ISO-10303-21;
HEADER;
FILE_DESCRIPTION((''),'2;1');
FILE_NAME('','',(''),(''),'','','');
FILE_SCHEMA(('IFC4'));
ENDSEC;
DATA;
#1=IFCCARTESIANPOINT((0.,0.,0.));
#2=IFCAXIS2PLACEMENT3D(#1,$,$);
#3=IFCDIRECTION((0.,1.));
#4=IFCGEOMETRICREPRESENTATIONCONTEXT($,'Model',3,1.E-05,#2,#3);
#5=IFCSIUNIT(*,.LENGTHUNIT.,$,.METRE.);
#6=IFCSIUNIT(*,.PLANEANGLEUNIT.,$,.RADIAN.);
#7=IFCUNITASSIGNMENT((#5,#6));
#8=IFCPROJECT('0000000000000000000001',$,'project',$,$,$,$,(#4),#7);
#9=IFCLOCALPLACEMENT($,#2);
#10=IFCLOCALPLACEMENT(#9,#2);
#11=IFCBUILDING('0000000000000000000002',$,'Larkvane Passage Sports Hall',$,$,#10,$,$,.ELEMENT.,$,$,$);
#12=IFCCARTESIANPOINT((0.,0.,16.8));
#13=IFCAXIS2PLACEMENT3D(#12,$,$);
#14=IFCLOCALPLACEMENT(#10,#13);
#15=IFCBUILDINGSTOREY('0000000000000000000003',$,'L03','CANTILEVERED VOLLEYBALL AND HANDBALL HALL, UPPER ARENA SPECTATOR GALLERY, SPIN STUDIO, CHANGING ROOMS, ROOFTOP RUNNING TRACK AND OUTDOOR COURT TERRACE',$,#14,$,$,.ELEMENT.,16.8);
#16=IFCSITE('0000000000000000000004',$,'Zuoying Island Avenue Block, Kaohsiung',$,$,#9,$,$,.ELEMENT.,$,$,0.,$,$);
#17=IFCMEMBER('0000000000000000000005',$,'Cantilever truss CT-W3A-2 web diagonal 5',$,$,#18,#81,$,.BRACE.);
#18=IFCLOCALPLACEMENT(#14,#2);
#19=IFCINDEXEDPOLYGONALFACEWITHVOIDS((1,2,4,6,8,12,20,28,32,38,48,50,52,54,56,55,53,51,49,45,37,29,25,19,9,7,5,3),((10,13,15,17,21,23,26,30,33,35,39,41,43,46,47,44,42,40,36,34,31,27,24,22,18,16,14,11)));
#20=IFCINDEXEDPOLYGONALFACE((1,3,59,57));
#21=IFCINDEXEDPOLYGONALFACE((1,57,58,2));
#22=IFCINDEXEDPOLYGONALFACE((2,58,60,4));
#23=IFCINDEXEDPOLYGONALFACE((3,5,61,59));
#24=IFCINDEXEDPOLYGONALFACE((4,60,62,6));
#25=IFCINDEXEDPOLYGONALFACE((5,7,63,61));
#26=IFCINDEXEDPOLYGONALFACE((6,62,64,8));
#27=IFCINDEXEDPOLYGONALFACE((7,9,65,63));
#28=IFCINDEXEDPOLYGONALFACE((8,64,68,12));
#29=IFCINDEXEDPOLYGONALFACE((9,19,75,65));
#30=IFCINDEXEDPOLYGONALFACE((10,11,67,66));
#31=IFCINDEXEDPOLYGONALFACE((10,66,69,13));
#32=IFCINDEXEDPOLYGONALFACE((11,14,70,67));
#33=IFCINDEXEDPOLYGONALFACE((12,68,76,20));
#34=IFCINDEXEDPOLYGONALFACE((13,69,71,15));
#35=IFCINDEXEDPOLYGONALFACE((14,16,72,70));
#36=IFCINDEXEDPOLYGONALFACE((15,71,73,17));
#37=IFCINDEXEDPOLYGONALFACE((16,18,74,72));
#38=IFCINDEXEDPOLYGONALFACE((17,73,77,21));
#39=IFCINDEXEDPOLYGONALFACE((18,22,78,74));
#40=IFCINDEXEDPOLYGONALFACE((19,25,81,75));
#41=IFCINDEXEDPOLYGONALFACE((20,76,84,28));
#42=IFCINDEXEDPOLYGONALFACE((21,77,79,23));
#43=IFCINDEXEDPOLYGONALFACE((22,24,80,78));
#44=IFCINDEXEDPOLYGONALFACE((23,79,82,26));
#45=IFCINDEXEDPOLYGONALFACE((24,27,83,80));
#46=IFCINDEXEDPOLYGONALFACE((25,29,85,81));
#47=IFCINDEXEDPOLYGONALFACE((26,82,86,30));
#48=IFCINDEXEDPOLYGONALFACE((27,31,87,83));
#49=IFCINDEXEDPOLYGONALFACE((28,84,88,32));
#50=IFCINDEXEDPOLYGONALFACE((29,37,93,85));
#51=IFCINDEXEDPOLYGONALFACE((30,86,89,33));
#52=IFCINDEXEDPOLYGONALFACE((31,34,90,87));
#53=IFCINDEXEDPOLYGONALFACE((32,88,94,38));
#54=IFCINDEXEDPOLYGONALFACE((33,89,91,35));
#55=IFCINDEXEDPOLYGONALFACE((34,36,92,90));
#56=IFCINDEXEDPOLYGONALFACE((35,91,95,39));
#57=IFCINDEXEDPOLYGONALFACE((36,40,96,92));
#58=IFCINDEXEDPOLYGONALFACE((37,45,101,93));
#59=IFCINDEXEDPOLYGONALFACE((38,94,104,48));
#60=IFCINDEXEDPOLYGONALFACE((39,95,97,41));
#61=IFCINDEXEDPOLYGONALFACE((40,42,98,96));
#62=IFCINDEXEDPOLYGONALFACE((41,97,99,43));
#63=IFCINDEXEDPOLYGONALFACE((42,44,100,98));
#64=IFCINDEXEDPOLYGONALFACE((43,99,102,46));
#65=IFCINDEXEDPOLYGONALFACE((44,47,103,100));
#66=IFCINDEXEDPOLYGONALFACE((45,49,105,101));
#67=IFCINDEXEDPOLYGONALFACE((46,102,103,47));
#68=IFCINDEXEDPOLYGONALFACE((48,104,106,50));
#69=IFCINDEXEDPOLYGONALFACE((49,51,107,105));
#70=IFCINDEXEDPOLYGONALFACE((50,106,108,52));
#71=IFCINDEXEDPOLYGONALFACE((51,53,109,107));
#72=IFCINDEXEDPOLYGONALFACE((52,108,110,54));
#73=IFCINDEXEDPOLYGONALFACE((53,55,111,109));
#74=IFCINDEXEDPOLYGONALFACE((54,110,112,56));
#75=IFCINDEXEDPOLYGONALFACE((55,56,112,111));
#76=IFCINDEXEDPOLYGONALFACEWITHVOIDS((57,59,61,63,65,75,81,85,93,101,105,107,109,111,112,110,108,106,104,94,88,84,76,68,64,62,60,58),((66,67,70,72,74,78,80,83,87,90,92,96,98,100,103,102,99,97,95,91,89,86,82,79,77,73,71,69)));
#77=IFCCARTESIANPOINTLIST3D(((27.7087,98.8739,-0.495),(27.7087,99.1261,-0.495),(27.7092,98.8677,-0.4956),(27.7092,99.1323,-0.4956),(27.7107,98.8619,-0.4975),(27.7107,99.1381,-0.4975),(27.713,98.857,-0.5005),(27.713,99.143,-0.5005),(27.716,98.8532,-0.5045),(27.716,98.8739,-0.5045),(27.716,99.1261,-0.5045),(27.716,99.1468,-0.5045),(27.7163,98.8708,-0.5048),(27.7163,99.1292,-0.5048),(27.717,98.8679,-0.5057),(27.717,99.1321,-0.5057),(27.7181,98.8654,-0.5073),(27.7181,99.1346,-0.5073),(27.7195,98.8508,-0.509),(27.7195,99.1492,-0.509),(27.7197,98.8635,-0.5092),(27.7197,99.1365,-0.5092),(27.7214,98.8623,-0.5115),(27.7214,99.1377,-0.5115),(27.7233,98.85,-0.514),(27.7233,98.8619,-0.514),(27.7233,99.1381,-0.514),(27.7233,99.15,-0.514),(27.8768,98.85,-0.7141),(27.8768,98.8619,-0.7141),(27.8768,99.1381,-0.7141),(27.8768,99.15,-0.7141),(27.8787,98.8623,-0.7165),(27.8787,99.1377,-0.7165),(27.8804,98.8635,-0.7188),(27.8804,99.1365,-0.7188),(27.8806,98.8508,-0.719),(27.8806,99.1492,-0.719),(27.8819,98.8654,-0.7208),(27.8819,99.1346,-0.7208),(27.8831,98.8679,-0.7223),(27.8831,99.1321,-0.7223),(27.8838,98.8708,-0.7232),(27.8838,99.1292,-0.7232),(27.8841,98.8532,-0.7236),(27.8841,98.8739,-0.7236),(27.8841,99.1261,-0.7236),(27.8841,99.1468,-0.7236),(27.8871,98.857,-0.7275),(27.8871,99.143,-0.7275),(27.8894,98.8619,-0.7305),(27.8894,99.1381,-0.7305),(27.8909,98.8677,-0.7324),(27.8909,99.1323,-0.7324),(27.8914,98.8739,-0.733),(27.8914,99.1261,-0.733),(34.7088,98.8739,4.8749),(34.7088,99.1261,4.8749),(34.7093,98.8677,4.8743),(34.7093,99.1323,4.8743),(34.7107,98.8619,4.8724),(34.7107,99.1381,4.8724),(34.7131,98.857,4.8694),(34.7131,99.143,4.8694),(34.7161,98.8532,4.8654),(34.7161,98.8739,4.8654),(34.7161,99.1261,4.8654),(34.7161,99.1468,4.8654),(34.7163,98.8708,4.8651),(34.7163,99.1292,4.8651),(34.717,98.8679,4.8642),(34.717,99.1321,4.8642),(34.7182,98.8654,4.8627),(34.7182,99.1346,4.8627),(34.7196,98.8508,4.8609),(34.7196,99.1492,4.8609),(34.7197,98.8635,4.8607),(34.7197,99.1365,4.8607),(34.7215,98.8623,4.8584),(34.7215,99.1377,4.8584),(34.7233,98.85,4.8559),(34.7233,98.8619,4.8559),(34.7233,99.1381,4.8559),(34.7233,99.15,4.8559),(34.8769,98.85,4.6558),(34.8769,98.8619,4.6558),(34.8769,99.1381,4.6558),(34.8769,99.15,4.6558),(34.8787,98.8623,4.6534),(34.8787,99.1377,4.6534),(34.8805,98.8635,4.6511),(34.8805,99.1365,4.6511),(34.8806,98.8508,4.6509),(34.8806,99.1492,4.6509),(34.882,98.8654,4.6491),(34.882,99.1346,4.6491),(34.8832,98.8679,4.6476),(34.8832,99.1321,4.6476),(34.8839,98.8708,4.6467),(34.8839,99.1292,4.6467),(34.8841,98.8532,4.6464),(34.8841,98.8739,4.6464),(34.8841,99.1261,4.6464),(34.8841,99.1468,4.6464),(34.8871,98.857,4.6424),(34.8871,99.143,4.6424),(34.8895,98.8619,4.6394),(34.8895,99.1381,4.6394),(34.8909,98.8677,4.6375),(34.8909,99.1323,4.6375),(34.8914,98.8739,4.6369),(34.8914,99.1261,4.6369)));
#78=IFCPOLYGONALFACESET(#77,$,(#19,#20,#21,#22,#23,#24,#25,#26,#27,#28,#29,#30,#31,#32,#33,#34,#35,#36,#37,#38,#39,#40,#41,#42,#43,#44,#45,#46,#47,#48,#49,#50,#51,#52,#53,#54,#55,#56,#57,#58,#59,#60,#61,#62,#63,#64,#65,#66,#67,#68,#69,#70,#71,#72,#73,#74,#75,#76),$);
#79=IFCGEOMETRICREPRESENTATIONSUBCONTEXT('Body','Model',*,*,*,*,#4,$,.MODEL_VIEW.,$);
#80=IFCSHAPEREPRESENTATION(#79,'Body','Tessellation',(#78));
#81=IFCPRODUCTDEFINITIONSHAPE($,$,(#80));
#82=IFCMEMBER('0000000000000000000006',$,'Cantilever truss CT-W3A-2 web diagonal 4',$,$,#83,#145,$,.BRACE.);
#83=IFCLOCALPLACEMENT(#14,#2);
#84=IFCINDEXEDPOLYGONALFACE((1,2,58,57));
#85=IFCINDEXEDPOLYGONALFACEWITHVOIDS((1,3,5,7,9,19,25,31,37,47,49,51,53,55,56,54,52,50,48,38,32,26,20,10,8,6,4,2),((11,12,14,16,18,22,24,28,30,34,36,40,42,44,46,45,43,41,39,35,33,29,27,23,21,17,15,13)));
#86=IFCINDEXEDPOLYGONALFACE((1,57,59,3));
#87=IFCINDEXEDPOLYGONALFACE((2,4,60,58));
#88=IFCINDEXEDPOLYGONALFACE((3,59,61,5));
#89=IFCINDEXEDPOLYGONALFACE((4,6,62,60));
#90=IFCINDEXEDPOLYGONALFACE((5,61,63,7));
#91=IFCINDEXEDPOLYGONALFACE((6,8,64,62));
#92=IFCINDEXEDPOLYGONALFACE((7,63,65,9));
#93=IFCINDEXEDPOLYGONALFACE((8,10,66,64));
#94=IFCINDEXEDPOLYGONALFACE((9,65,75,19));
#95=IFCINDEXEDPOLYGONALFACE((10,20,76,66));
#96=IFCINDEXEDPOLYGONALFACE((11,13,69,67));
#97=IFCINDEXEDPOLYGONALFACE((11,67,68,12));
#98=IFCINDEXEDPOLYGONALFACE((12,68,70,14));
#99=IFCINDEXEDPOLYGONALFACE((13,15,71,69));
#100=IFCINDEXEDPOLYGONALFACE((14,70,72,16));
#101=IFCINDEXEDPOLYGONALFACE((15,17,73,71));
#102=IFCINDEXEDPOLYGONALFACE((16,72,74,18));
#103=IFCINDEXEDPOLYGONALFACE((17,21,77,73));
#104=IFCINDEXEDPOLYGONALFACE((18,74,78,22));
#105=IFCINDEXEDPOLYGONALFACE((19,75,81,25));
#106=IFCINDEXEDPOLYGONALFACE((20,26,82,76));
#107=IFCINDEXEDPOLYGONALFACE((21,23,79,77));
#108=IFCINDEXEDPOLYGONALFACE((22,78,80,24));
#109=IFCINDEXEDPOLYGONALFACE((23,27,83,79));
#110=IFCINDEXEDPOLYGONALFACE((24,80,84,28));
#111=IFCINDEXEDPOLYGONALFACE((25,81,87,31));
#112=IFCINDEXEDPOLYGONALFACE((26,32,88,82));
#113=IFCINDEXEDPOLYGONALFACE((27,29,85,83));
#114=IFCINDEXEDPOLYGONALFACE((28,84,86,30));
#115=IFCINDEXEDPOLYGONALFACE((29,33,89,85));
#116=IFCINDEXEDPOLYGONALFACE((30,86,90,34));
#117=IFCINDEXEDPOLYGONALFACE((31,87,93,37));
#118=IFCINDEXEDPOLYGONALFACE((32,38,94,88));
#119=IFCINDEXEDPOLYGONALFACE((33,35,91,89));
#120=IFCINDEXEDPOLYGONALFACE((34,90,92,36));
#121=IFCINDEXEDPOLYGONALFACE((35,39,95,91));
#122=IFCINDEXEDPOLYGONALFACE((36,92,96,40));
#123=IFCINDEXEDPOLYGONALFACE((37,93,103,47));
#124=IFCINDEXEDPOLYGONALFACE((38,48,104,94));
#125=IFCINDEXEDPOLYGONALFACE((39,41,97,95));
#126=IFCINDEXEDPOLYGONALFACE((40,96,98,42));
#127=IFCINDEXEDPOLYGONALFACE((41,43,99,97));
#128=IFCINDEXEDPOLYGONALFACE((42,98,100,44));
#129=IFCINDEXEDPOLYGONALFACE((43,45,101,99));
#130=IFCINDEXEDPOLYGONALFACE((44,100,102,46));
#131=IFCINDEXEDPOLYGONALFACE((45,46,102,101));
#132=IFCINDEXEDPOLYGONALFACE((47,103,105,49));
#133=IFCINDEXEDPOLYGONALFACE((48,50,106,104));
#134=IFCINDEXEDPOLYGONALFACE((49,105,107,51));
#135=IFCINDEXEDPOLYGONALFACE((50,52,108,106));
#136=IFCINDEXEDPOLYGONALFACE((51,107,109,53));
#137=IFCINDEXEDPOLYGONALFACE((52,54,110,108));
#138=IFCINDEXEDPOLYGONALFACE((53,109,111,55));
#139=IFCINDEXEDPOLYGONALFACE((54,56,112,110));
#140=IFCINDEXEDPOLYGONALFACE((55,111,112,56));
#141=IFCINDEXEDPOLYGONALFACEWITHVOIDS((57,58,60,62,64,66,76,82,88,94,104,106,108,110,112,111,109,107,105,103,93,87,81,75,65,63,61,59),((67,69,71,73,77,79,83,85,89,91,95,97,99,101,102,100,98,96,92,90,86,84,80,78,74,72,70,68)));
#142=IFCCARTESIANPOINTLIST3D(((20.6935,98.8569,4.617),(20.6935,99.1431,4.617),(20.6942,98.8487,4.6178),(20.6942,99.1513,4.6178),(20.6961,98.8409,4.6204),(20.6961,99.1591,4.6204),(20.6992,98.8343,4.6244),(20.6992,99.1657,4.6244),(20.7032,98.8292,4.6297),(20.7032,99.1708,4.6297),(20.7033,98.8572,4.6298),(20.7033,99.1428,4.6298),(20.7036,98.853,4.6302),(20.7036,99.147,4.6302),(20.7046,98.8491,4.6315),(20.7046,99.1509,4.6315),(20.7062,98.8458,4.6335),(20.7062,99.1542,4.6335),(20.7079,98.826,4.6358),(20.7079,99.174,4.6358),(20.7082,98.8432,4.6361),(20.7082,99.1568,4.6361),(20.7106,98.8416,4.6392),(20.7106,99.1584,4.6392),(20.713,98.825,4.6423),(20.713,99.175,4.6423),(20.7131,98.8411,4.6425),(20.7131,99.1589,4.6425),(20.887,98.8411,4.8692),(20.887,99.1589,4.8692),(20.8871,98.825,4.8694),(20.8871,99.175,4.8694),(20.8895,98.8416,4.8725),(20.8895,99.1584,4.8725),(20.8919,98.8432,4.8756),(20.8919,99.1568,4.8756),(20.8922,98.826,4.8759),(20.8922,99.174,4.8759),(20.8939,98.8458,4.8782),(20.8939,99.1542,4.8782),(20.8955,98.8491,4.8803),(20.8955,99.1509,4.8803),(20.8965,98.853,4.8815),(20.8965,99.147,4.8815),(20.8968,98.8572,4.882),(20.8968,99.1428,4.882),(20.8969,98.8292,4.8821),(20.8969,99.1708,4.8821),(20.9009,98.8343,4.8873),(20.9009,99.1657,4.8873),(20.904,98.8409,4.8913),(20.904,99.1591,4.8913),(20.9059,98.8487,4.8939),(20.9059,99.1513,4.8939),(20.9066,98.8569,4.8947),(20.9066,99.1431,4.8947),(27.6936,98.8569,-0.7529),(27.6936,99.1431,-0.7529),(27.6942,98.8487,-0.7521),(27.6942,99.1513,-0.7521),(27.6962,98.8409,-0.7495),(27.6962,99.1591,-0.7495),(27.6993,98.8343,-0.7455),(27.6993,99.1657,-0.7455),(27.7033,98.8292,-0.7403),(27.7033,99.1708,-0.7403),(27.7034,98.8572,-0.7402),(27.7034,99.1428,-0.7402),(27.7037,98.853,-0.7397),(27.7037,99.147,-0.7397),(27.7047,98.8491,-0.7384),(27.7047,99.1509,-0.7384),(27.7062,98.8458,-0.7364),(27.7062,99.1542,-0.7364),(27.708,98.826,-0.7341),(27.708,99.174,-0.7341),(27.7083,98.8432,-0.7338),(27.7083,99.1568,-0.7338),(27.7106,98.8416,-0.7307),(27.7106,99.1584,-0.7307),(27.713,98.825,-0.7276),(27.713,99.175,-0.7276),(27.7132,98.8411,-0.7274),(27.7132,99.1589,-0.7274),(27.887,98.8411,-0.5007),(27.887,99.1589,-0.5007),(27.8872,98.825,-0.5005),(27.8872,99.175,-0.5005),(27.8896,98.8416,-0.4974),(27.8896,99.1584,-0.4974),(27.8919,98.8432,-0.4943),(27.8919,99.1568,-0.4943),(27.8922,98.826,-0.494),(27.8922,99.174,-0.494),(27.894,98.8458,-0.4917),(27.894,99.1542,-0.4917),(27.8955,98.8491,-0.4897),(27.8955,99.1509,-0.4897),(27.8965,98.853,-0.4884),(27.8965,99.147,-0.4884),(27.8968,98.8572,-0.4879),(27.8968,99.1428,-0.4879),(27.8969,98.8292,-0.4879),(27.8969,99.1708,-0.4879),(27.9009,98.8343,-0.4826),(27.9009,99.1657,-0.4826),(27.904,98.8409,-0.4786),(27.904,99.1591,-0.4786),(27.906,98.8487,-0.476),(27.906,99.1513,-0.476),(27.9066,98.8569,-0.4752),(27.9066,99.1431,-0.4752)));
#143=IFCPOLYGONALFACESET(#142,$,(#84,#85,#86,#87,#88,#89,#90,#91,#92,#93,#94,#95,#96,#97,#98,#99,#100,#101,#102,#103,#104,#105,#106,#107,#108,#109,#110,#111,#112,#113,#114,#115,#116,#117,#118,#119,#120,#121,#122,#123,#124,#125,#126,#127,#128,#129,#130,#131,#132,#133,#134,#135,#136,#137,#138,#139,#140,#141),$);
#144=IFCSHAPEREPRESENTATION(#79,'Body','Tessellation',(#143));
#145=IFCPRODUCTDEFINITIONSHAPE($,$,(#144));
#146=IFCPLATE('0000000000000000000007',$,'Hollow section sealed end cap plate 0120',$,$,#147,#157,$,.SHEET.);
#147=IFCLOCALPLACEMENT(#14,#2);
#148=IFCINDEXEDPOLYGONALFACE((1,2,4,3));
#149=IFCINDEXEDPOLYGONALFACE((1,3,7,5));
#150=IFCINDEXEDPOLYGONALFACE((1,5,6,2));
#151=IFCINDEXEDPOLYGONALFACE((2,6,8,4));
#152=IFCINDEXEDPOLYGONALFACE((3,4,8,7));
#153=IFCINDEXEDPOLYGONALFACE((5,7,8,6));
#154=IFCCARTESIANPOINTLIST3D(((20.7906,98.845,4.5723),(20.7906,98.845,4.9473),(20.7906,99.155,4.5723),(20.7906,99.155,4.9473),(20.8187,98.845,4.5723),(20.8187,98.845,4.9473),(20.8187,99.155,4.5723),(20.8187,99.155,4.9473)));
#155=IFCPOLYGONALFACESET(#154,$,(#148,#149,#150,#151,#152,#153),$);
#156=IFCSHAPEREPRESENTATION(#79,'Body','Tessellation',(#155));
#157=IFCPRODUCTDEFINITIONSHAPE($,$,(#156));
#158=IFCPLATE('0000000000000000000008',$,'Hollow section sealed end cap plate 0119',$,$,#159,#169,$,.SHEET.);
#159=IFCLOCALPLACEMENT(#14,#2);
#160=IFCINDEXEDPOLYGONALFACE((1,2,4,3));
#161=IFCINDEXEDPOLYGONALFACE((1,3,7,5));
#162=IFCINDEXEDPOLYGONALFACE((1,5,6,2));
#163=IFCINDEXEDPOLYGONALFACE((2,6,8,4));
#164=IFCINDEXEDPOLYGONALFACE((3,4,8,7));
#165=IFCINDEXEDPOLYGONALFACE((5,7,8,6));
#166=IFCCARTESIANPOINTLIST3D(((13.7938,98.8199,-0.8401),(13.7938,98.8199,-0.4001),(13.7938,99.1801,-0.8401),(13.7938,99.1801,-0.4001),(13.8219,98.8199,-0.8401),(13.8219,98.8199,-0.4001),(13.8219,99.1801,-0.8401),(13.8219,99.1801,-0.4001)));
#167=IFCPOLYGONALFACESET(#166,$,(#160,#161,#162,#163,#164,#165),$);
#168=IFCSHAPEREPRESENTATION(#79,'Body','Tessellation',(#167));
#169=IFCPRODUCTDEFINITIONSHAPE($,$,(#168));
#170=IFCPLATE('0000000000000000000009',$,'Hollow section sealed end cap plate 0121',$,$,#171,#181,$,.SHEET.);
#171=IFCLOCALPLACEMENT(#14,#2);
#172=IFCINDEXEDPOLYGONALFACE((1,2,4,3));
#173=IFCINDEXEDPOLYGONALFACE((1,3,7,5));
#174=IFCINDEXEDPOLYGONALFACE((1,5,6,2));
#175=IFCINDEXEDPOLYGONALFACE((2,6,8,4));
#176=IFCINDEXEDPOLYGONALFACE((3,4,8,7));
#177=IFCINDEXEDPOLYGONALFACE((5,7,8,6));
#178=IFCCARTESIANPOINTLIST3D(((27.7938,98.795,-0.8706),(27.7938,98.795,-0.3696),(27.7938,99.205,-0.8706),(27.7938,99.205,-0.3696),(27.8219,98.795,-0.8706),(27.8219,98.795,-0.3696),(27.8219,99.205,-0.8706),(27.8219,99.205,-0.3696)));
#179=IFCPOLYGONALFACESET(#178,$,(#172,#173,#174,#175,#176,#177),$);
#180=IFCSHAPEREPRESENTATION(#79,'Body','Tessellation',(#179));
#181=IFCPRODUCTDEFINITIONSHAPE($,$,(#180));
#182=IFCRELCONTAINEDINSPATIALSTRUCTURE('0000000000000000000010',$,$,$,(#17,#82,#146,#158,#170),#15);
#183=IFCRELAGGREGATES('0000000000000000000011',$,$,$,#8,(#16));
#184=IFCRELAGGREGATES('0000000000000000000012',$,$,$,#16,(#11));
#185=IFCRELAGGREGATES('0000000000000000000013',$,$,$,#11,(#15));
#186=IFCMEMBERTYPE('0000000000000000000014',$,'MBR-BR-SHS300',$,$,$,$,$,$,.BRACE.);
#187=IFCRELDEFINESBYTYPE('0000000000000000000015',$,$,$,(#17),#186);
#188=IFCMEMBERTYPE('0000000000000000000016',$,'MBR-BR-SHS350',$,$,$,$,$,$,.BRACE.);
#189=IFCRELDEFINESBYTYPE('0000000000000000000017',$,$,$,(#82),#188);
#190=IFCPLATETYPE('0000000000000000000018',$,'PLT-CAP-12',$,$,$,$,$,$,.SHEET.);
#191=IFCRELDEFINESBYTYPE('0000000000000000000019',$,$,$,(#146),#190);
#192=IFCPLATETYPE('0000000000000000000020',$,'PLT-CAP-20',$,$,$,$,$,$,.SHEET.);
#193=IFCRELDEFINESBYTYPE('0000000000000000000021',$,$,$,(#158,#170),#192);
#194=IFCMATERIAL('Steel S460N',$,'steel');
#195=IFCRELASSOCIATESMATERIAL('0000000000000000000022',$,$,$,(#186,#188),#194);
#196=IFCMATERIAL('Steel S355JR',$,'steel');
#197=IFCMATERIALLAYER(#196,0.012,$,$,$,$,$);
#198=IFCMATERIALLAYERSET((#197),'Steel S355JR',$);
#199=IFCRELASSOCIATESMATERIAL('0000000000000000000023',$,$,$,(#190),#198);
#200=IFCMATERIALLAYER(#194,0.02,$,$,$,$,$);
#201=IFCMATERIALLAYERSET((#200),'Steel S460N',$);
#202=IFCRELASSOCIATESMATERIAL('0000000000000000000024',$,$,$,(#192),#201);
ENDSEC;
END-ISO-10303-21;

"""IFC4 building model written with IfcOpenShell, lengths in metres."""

from ifc_helpers import new_model, si_unit, direction, frame, origin, origin_2d, place, context, subcontext, project, spatial, rectangle, hollow_rectangle, extrude, material, layer, layer_set, material_profile, profile_set, type_object, element, save


model = new_model("IFC4")

# Units and contexts
model_context = context("Model", 3, precision=1e-05, world=origin(), true_north=direction((0.0, 1.0)))
body_context = subcontext(model_context, "Body", "Model", "MODEL_VIEW")
ifc_project = project(units=[si_unit("LENGTHUNIT", "METRE"), si_unit("PLANEANGLEUNIT", "RADIAN")], contexts=[model_context])

# Site, building, storey
site_placement = place(None, origin())
site = spatial("IfcSite", under=ifc_project, at=site_placement, Name="Zuoying Island Avenue Block, Kaohsiung", CompositionType="ELEMENT", RefElevation=0.0)
building_placement = place(site_placement, origin())
building = spatial("IfcBuilding", under=site, at=building_placement, Name="Larkvane Passage Sports Hall", CompositionType="ELEMENT")
storey_placement = place(building_placement, frame((0.0, 0.0, 16.8)))
storey = spatial("IfcBuildingStorey", under=building, at=storey_placement, Name="L03", Description="CANTILEVERED VOLLEYBALL AND HANDBALL HALL, UPPER ARENA SPECTATOR GALLERY, SPIN STUDIO, CHANGING ROOMS, ROOFTOP RUNNING TRACK AND OUTDOOR COURT TERRACE", CompositionType="ELEMENT", Elevation=16.8)

# Shared definitions
ifc_material_1 = material(Name="Steel S460N", Category="steel")
ifc_material_2 = material(Name="Steel S355JR", Category="steel")

# Members
ifc_material_profile_1 = material_profile(ifc_material_1, hollow_rectangle(XDim=0.3, YDim=0.3, WallThickness=0.012, InnerFilletRadius=0.012, OuterFilletRadius=0.0239, at=origin_2d()), Name="SHS-300x300x12")
ifc_profile_set_1 = profile_set([ifc_material_profile_1], Name="Steel S460N")
member_type_1 = type_object("IfcMemberType", Name="MBR-BR-SHS300", PredefinedType="BRACE", material=ifc_profile_set_1)
member_1_placement = place(storey_placement, frame((27.8, 99.0, -0.614), z_axis=(0.793431, 0.0, 0.60866), x_axis=(0.0, 1.0, 0.0)))
element("IfcMember", 1, at=member_1_placement, inside=storey, type_object=member_type_1, Name="Cantilever truss CT-W3A-2 web diagonal 5", PredefinedType="BRACE", context=body_context, shape_type="SweptSolid", body=[
    extrude(hollow_rectangle(XDim=0.3, YDim=0.3, WallThickness=0.012, InnerFilletRadius=0.012, OuterFilletRadius=0.0239, at=origin_2d()), origin(), (0.0, 0.0, 1.0), 8.8225),
])
ifc_material_profile_2 = material_profile(ifc_material_1, hollow_rectangle(XDim=0.3501, YDim=0.3501, WallThickness=0.0161, InnerFilletRadius=0.0161, OuterFilletRadius=0.032, at=origin_2d()), Name="SHS-350x350x16")
ifc_profile_set_2 = profile_set([ifc_material_profile_2], Name="Steel S460N")
member_type_2 = type_object("IfcMemberType", Name="MBR-BR-SHS350", PredefinedType="BRACE", material=ifc_profile_set_2)
member_2_placement = place(storey_placement, frame((20.8, 99.0, 4.7559), z_axis=(0.793431, 0.0, -0.60866), x_axis=(0.0, 1.0, 0.0)))
element("IfcMember", 2, at=member_2_placement, inside=storey, type_object=member_type_2, Name="Cantilever truss CT-W3A-2 web diagonal 4", PredefinedType="BRACE", context=body_context, shape_type="SweptSolid", body=[
    extrude(hollow_rectangle(XDim=0.3501, YDim=0.3501, WallThickness=0.0161, InnerFilletRadius=0.0161, OuterFilletRadius=0.032, at=origin_2d()), origin(), (0.0, 0.0, 1.0), 8.8225),
])

# Plates
ifc_layer_1 = layer(ifc_material_2, 0.012)
ifc_layer_set_1 = layer_set([ifc_layer_1], Name="Steel S355JR")
plate_type_1 = type_object("IfcPlateType", Name="PLT-CAP-12", PredefinedType="SHEET", material=ifc_layer_set_1)
plate_1_placement = place(storey_placement, frame((20.8047, 99.0, 4.5723), z_axis=(0.0, 0.0, 1.0), x_axis=(0.0, 1.0, 0.0)))
element("IfcPlate", 3, at=plate_1_placement, inside=storey, type_object=plate_type_1, Name="Hollow section sealed end cap plate 0120", PredefinedType="SHEET", context=body_context, shape_type="SweptSolid", body=[
    extrude(rectangle(XDim=0.3101, YDim=0.0281, at=origin_2d()), origin(), (0.0, 0.0, 1.0), 0.375),
])
ifc_layer_2 = layer(ifc_material_1, 0.02)
ifc_layer_set_2 = layer_set([ifc_layer_2], Name="Steel S460N")
plate_type_2 = type_object("IfcPlateType", Name="PLT-CAP-20", PredefinedType="SHEET", material=ifc_layer_set_2)
plate_2_placement = place(storey_placement, frame((13.8079, 99.0, -0.8401), z_axis=(0.0, 0.0, 1.0), x_axis=(0.0, 1.0, 0.0)))
element("IfcPlate", 4, at=plate_2_placement, inside=storey, type_object=plate_type_2, Name="Hollow section sealed end cap plate 0119", PredefinedType="SHEET", context=body_context, shape_type="SweptSolid", body=[
    extrude(rectangle(XDim=0.3601, YDim=0.0281, at=origin_2d()), origin(), (0.0, 0.0, 1.0), 0.4399),
])
plate_3_placement = place(storey_placement, frame((27.8079, 99.0, -0.8706), z_axis=(0.0, 0.0, 1.0), x_axis=(0.0, 1.0, 0.0)))
element("IfcPlate", 5, at=plate_3_placement, inside=storey, type_object=plate_type_2, Name="Hollow section sealed end cap plate 0121", PredefinedType="SHEET", context=body_context, shape_type="SweptSolid", body=[
    extrude(rectangle(XDim=0.4099, YDim=0.0281, at=origin_2d()), origin(), (0.0, 0.0, 1.0), 0.501),
])

save(model, "model.ifc")
